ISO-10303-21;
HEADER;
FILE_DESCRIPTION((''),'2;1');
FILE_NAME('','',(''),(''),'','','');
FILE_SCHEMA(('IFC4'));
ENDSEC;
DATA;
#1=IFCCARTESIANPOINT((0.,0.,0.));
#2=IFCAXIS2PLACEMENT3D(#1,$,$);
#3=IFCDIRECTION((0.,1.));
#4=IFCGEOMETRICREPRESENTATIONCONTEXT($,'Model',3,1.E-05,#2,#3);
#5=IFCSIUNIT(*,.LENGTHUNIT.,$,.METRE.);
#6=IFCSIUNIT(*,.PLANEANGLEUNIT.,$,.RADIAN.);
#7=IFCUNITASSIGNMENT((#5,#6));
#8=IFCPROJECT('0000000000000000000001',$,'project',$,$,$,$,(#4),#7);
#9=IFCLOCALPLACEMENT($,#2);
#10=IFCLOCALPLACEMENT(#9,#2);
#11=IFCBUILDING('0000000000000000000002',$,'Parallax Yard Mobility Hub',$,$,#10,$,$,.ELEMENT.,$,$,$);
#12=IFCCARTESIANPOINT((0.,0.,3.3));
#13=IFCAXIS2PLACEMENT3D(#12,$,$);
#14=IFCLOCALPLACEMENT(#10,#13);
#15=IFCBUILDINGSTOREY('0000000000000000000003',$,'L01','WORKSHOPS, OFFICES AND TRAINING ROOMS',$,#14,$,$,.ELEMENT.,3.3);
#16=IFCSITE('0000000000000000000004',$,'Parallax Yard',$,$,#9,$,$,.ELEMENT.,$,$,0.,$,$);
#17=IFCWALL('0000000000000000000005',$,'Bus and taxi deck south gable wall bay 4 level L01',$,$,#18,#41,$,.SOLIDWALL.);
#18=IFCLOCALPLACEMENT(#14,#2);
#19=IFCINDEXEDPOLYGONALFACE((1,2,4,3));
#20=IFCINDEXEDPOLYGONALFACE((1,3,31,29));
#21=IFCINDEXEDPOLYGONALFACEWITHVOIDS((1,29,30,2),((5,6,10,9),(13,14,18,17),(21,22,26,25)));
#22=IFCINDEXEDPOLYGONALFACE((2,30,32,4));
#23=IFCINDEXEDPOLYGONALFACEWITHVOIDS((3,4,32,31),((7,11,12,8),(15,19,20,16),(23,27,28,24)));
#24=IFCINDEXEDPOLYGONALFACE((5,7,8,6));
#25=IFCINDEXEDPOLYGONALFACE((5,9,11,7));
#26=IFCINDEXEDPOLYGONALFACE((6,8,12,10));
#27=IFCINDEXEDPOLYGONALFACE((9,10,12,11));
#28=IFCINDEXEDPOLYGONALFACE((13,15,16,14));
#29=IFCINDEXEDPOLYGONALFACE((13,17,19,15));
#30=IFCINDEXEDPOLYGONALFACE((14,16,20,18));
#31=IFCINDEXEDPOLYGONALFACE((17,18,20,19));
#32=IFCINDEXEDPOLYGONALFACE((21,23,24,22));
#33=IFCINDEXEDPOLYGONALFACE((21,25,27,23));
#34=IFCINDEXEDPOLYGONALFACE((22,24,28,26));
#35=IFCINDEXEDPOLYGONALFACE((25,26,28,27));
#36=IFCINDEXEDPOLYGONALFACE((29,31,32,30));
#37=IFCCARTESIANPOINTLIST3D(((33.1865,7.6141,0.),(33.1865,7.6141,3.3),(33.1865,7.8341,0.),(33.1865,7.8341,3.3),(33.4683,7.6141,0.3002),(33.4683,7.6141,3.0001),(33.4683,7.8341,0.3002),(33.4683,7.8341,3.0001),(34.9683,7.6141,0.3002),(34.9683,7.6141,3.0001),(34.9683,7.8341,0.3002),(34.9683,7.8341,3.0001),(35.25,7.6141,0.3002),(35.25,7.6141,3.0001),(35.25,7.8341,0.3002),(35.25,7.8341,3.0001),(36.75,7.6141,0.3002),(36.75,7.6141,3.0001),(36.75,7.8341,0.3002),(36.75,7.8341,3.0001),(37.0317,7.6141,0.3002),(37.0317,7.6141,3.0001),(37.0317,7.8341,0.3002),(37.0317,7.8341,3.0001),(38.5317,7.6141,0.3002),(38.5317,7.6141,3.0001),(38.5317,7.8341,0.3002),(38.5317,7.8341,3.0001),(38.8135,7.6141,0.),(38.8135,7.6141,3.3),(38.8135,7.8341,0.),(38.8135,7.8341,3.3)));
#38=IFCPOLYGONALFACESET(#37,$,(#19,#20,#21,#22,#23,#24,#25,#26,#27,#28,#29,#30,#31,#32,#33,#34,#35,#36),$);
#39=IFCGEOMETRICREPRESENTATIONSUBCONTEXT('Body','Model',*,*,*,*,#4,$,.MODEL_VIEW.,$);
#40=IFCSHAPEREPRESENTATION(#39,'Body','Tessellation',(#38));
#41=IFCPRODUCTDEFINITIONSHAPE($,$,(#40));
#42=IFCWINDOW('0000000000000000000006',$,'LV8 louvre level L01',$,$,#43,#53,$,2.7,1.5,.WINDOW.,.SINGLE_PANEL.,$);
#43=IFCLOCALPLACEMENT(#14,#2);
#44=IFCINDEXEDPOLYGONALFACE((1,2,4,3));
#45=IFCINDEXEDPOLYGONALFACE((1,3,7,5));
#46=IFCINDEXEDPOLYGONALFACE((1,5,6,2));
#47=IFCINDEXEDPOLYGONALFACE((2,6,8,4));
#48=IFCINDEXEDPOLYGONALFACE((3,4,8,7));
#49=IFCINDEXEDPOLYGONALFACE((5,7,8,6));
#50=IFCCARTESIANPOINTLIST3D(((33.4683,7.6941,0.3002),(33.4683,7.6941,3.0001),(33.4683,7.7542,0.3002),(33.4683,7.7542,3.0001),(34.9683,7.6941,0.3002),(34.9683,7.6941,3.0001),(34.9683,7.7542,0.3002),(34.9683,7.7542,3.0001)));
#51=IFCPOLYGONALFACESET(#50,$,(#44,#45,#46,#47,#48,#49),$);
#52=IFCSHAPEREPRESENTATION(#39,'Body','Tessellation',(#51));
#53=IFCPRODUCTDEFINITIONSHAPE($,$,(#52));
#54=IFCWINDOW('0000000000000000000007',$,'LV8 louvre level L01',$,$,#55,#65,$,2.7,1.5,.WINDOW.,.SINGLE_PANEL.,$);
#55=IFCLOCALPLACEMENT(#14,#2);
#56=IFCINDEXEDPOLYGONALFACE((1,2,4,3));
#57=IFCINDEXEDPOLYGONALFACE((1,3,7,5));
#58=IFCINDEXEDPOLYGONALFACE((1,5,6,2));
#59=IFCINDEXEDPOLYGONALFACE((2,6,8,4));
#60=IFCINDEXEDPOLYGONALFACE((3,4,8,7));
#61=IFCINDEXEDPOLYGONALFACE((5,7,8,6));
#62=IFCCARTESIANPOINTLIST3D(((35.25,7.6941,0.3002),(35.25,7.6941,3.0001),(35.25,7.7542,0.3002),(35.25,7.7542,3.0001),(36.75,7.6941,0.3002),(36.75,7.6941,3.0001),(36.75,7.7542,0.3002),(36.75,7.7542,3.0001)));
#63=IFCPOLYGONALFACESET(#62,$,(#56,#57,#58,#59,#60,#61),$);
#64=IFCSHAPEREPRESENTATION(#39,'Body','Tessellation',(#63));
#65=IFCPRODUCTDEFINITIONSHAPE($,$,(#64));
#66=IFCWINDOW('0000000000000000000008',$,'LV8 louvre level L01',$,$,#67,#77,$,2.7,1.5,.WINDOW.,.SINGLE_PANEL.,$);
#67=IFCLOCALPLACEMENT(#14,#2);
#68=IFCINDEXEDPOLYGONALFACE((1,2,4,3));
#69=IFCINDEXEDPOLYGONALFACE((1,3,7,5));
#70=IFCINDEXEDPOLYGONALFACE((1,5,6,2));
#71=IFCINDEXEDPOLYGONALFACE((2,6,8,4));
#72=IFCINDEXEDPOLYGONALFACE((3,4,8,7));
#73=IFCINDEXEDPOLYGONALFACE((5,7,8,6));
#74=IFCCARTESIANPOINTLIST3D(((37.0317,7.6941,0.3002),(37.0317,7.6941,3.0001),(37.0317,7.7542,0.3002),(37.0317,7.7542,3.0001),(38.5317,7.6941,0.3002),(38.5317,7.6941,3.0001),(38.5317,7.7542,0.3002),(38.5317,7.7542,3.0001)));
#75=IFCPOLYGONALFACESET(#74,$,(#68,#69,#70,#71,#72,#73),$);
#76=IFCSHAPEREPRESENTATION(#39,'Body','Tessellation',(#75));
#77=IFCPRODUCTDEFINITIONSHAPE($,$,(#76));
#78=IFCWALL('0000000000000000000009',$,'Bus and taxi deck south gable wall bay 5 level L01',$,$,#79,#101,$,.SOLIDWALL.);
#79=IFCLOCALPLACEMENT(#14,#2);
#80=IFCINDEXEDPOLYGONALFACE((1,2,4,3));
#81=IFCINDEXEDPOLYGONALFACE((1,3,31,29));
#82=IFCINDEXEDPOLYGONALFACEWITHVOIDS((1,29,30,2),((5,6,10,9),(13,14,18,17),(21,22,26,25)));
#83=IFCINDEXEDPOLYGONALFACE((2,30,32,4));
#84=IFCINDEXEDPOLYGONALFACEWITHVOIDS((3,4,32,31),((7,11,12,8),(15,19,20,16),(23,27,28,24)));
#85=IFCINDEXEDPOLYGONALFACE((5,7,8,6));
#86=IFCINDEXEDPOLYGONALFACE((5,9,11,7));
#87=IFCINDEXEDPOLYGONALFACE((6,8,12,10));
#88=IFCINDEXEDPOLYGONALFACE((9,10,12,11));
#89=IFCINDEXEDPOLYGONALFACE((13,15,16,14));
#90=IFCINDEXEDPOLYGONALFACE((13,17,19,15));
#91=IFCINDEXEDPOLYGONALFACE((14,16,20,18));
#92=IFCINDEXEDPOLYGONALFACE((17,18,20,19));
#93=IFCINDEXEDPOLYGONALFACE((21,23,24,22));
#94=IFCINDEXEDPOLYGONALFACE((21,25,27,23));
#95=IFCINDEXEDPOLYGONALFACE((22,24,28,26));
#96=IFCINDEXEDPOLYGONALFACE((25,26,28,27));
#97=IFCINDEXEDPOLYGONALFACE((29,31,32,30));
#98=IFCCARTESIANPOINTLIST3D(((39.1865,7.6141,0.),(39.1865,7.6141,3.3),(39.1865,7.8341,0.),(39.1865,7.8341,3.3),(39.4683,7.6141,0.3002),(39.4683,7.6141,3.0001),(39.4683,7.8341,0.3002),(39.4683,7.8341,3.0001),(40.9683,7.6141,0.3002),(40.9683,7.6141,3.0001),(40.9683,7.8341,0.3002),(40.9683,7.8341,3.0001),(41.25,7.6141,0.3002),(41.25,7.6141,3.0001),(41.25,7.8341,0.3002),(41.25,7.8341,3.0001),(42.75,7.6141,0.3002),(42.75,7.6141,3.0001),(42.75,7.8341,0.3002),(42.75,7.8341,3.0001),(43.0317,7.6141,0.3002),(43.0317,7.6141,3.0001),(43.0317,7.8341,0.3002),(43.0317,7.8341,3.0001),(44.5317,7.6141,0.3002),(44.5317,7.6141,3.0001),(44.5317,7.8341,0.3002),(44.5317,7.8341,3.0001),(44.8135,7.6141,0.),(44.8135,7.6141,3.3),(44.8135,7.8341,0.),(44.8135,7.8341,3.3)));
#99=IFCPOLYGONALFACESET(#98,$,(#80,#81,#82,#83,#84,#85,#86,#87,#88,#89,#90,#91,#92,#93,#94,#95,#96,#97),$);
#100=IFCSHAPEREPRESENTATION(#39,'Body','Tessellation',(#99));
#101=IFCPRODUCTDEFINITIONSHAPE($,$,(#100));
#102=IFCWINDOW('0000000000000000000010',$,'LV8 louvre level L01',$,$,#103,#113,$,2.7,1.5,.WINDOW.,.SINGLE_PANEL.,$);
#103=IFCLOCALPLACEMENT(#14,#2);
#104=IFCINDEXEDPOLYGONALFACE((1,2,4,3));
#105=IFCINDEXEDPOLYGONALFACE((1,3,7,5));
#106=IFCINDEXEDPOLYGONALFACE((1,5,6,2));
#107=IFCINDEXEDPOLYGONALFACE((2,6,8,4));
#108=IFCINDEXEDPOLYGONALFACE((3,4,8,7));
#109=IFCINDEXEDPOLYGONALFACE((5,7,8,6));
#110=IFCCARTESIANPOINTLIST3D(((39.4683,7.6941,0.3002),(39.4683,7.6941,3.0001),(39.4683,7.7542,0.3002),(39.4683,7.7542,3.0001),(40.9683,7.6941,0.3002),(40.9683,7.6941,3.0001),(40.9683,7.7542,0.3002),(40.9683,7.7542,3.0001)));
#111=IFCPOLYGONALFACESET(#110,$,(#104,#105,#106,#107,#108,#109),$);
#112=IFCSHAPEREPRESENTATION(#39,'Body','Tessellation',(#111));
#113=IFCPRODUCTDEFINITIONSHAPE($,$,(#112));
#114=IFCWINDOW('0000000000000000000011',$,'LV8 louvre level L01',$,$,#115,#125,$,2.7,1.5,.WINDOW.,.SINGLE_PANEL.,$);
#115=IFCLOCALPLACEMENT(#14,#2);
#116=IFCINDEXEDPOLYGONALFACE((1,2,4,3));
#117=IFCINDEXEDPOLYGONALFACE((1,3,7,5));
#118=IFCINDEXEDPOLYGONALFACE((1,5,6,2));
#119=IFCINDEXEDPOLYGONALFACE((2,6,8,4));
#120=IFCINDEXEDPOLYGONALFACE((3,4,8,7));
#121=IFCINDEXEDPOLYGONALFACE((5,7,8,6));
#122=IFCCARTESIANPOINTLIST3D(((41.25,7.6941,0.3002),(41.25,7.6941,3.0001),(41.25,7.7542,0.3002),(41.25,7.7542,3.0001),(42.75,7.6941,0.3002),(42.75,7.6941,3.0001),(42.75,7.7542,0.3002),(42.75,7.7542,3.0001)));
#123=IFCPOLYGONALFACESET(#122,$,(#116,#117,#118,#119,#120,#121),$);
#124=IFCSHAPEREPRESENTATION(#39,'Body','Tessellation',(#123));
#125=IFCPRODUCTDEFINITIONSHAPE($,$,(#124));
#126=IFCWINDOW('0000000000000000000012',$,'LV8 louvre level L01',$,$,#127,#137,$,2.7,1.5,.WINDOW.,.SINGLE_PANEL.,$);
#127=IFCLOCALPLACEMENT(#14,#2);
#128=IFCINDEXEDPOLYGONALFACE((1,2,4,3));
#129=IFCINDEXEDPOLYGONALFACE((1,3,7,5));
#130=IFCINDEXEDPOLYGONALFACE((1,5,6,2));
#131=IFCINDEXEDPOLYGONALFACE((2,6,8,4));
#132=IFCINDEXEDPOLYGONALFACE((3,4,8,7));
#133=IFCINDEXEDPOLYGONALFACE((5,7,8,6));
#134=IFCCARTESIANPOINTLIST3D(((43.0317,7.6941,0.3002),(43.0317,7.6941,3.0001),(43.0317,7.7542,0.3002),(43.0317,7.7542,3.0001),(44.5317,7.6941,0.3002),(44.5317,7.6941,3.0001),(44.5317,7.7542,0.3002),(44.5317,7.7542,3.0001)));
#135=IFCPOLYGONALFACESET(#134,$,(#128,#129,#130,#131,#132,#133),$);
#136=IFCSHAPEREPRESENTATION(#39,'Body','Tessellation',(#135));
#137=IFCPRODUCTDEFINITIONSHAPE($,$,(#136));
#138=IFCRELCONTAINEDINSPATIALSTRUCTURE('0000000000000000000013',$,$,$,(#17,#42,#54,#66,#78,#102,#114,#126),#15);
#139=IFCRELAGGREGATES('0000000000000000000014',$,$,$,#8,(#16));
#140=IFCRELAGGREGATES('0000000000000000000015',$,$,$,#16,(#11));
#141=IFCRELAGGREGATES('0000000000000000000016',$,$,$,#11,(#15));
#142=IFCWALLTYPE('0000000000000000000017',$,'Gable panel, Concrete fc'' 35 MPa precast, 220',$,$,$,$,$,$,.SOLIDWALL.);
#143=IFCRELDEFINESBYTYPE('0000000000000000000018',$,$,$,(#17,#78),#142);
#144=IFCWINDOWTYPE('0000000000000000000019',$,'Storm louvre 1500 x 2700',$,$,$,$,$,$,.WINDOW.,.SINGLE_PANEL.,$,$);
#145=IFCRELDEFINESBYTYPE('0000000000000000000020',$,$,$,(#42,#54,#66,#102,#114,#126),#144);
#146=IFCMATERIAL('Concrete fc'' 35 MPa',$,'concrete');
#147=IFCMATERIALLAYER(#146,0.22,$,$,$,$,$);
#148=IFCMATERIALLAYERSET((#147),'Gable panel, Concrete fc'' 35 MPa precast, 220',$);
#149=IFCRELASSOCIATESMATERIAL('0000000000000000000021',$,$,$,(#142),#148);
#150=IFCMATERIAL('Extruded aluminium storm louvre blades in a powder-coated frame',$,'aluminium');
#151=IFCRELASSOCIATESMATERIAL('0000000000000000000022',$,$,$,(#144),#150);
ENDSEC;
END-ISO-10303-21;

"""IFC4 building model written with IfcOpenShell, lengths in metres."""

from ifc_helpers import new_model, si_unit, direction, frame, frame_2d, origin, place, context, subcontext, project, spatial, rectangle, extrude, material, layer, layer_set, type_object, element, fill, save


model = new_model("IFC4")

# Units and contexts
model_context = context("Model", 3, precision=1e-05, world=origin(), true_north=direction((0.0, 1.0)))
body_context = subcontext(model_context, "Body", "Model", "MODEL_VIEW")
ifc_project = project(units=[si_unit("LENGTHUNIT", "METRE"), si_unit("PLANEANGLEUNIT", "RADIAN")], contexts=[model_context])

# Site, building, storey
site_placement = place(None, origin())
site = spatial("IfcSite", under=ifc_project, at=site_placement, Name="Parallax Yard", CompositionType="ELEMENT", RefElevation=0.0)
building_placement = place(site_placement, origin())
building = spatial("IfcBuilding", under=site, at=building_placement, Name="Parallax Yard Mobility Hub", CompositionType="ELEMENT")
storey_placement = place(building_placement, frame((0.0, 0.0, 3.3)))
storey = spatial("IfcBuildingStorey", under=building, at=storey_placement, Name="L01", Description="WORKSHOPS, OFFICES AND TRAINING ROOMS", CompositionType="ELEMENT", Elevation=3.3)

# Walls, openings, windows
ifc_material_1 = material(Name="Concrete fc' 35 MPa", Category="concrete")
ifc_layer = layer(ifc_material_1, 0.22)
ifc_layer_set = layer_set([ifc_layer], Name="Gable panel, Concrete fc' 35 MPa precast, 220")
wall_type = type_object("IfcWallType", Name="Gable panel, Concrete fc' 35 MPa precast, 220", PredefinedType="SOLIDWALL", material=ifc_layer_set)
wall_1_placement = place(storey_placement, frame((33.1865, 7.7241, 0.0), z_axis=(0.0, 0.0, 1.0), x_axis=(1.0, 0.0, 0.0)))
wall_1 = element("IfcWall", 1, at=wall_1_placement, inside=storey, type_object=wall_type, Name="Bus and taxi deck south gable wall bay 4 level L01", PredefinedType="SOLIDWALL", context=body_context, shape_type="SweptSolid", body=[
    extrude(rectangle(XDim=5.627, YDim=0.22, at=frame_2d((2.8135, 0.0))), origin(), (0.0, 0.0, 1.0), 3.3),
])
opening_1_placement = place(wall_1_placement, frame((0.2817, 0.0, 0.3)))
opening_1 = element("IfcOpeningElement", 2, at=opening_1_placement, cuts=wall_1, PredefinedType="OPENING", context=body_context, shape_type="SweptSolid", body=[
    extrude(rectangle(XDim=1.5, YDim=2.7, at=frame_2d((0.75, 1.3501))), frame((0.0, 0.1201, 0.0), z_axis=(0.0, -1.0, 0.0), x_axis=(1.0, 0.0, 0.0)), (0.0, 0.0, 1.0), 0.24),
])
opening_2_placement = place(wall_1_placement, frame((2.0635, 0.0, 0.3)))
opening_2 = element("IfcOpeningElement", 3, at=opening_2_placement, cuts=wall_1, PredefinedType="OPENING", context=body_context, shape_type="SweptSolid", body=[
    extrude(rectangle(XDim=1.5, YDim=2.7, at=frame_2d((0.75, 1.3501))), frame((0.0, 0.1201, 0.0), z_axis=(0.0, -1.0, 0.0), x_axis=(1.0, 0.0, 0.0)), (0.0, 0.0, 1.0), 0.24),
])
opening_3_placement = place(wall_1_placement, frame((3.8452, 0.0, 0.3)))
opening_3 = element("IfcOpeningElement", 4, at=opening_3_placement, cuts=wall_1, PredefinedType="OPENING", context=body_context, shape_type="SweptSolid", body=[
    extrude(rectangle(XDim=1.5, YDim=2.7, at=frame_2d((0.75, 1.3501))), frame((0.0, 0.1201, 0.0), z_axis=(0.0, -1.0, 0.0), x_axis=(1.0, 0.0, 0.0)), (0.0, 0.0, 1.0), 0.24),
])
ifc_material_2 = material(Name="Extruded aluminium storm louvre blades in a powder-coated frame", Category="aluminium")
window_type = type_object("IfcWindowType", Name="Storm louvre 1500 x 2700", PartitioningType="SINGLE_PANEL", PredefinedType="WINDOW", material=ifc_material_2)
window_1_placement = place(opening_1_placement, origin())
window_1 = element("IfcWindow", 5, at=window_1_placement, inside=storey, type_object=window_type, Name="LV8 louvre level L01", OverallHeight=2.7, OverallWidth=1.5, PartitioningType="SINGLE_PANEL", PredefinedType="WINDOW", context=body_context, shape_type="SweptSolid", body=[
    extrude(rectangle(XDim=1.5, YDim=2.7, at=frame_2d((0.75, 1.3501))), frame((0.0, 0.03, 0.0), z_axis=(0.0, -1.0, 0.0), x_axis=(1.0, 0.0, 0.0)), (0.0, 0.0, 1.0), 0.0601),
])
fill(opening_1, window_1)
window_2_placement = place(opening_2_placement, origin())
window_2 = element("IfcWindow", 6, at=window_2_placement, inside=storey, type_object=window_type, Name="LV8 louvre level L01", OverallHeight=2.7, OverallWidth=1.5, PartitioningType="SINGLE_PANEL", PredefinedType="WINDOW", context=body_context, shape_type="SweptSolid", body=[
    extrude(rectangle(XDim=1.5, YDim=2.7, at=frame_2d((0.75, 1.3501))), frame((0.0, 0.03, 0.0), z_axis=(0.0, -1.0, 0.0), x_axis=(1.0, 0.0, 0.0)), (0.0, 0.0, 1.0), 0.0601),
])
fill(opening_2, window_2)
window_3_placement = place(opening_3_placement, origin())
window_3 = element("IfcWindow", 7, at=window_3_placement, inside=storey, type_object=window_type, Name="LV8 louvre level L01", OverallHeight=2.7, OverallWidth=1.5, PartitioningType="SINGLE_PANEL", PredefinedType="WINDOW", context=body_context, shape_type="SweptSolid", body=[
    extrude(rectangle(XDim=1.5, YDim=2.7, at=frame_2d((0.75, 1.3501))), frame((0.0, 0.03, 0.0), z_axis=(0.0, -1.0, 0.0), x_axis=(1.0, 0.0, 0.0)), (0.0, 0.0, 1.0), 0.0601),
])
fill(opening_3, window_3)
wall_2_placement = place(storey_placement, frame((39.1865, 7.7241, 0.0), z_axis=(0.0, 0.0, 1.0), x_axis=(1.0, 0.0, 0.0)))
wall_2 = element("IfcWall", 8, at=wall_2_placement, inside=storey, type_object=wall_type, Name="Bus and taxi deck south gable wall bay 5 level L01", PredefinedType="SOLIDWALL", context=body_context, shape_type="SweptSolid", body=[
    extrude(rectangle(XDim=5.627, YDim=0.22, at=frame_2d((2.8135, 0.0))), origin(), (0.0, 0.0, 1.0), 3.3),
])
opening_4_placement = place(wall_2_placement, frame((0.2817, 0.0, 0.3)))
opening_4 = element("IfcOpeningElement", 9, at=opening_4_placement, cuts=wall_2, PredefinedType="OPENING", context=body_context, shape_type="SweptSolid", body=[
    extrude(rectangle(XDim=1.5, YDim=2.7, at=frame_2d((0.75, 1.3501))), frame((0.0, 0.1201, 0.0), z_axis=(0.0, -1.0, 0.0), x_axis=(1.0, 0.0, 0.0)), (0.0, 0.0, 1.0), 0.24),
])
opening_5_placement = place(wall_2_placement, frame((2.0635, 0.0, 0.3)))
opening_5 = element("IfcOpeningElement", 10, at=opening_5_placement, cuts=wall_2, PredefinedType="OPENING", context=body_context, shape_type="SweptSolid", body=[
    extrude(rectangle(XDim=1.5, YDim=2.7, at=frame_2d((0.75, 1.3501))), frame((0.0, 0.1201, 0.0), z_axis=(0.0, -1.0, 0.0), x_axis=(1.0, 0.0, 0.0)), (0.0, 0.0, 1.0), 0.24),
])
opening_6_placement = place(wall_2_placement, frame((3.8452, 0.0, 0.3)))
opening_6 = element("IfcOpeningElement", 11, at=opening_6_placement, cuts=wall_2, PredefinedType="OPENING", context=body_context, shape_type="SweptSolid", body=[
    extrude(rectangle(XDim=1.5, YDim=2.7, at=frame_2d((0.75, 1.3501))), frame((0.0, 0.1201, 0.0), z_axis=(0.0, -1.0, 0.0), x_axis=(1.0, 0.0, 0.0)), (0.0, 0.0, 1.0), 0.24),
])
window_4_placement = place(opening_4_placement, origin())
window_4 = element("IfcWindow", 12, at=window_4_placement, inside=storey, type_object=window_type, Name="LV8 louvre level L01", OverallHeight=2.7, OverallWidth=1.5, PartitioningType="SINGLE_PANEL", PredefinedType="WINDOW", context=body_context, shape_type="SweptSolid", body=[
    extrude(rectangle(XDim=1.5, YDim=2.7, at=frame_2d((0.75, 1.3501))), frame((0.0, 0.03, 0.0), z_axis=(0.0, -1.0, 0.0), x_axis=(1.0, 0.0, 0.0)), (0.0, 0.0, 1.0), 0.0601),
])
fill(opening_4, window_4)
window_5_placement = place(opening_5_placement, origin())
window_5 = element("IfcWindow", 13, at=window_5_placement, inside=storey, type_object=window_type, Name="LV8 louvre level L01", OverallHeight=2.7, OverallWidth=1.5, PartitioningType="SINGLE_PANEL", PredefinedType="WINDOW", context=body_context, shape_type="SweptSolid", body=[
    extrude(rectangle(XDim=1.5, YDim=2.7, at=frame_2d((0.75, 1.3501))), frame((0.0, 0.03, 0.0), z_axis=(0.0, -1.0, 0.0), x_axis=(1.0, 0.0, 0.0)), (0.0, 0.0, 1.0), 0.0601),
])
fill(opening_5, window_5)
window_6_placement = place(opening_6_placement, origin())
window_6 = element("IfcWindow", 14, at=window_6_placement, inside=storey, type_object=window_type, Name="LV8 louvre level L01", OverallHeight=2.7, OverallWidth=1.5, PartitioningType="SINGLE_PANEL", PredefinedType="WINDOW", context=body_context, shape_type="SweptSolid", body=[
    extrude(rectangle(XDim=1.5, YDim=2.7, at=frame_2d((0.75, 1.3501))), frame((0.0, 0.03, 0.0), z_axis=(0.0, -1.0, 0.0), x_axis=(1.0, 0.0, 0.0)), (0.0, 0.0, 1.0), 0.0601),
])
fill(opening_6, window_6)

save(model, "model.ifc")
